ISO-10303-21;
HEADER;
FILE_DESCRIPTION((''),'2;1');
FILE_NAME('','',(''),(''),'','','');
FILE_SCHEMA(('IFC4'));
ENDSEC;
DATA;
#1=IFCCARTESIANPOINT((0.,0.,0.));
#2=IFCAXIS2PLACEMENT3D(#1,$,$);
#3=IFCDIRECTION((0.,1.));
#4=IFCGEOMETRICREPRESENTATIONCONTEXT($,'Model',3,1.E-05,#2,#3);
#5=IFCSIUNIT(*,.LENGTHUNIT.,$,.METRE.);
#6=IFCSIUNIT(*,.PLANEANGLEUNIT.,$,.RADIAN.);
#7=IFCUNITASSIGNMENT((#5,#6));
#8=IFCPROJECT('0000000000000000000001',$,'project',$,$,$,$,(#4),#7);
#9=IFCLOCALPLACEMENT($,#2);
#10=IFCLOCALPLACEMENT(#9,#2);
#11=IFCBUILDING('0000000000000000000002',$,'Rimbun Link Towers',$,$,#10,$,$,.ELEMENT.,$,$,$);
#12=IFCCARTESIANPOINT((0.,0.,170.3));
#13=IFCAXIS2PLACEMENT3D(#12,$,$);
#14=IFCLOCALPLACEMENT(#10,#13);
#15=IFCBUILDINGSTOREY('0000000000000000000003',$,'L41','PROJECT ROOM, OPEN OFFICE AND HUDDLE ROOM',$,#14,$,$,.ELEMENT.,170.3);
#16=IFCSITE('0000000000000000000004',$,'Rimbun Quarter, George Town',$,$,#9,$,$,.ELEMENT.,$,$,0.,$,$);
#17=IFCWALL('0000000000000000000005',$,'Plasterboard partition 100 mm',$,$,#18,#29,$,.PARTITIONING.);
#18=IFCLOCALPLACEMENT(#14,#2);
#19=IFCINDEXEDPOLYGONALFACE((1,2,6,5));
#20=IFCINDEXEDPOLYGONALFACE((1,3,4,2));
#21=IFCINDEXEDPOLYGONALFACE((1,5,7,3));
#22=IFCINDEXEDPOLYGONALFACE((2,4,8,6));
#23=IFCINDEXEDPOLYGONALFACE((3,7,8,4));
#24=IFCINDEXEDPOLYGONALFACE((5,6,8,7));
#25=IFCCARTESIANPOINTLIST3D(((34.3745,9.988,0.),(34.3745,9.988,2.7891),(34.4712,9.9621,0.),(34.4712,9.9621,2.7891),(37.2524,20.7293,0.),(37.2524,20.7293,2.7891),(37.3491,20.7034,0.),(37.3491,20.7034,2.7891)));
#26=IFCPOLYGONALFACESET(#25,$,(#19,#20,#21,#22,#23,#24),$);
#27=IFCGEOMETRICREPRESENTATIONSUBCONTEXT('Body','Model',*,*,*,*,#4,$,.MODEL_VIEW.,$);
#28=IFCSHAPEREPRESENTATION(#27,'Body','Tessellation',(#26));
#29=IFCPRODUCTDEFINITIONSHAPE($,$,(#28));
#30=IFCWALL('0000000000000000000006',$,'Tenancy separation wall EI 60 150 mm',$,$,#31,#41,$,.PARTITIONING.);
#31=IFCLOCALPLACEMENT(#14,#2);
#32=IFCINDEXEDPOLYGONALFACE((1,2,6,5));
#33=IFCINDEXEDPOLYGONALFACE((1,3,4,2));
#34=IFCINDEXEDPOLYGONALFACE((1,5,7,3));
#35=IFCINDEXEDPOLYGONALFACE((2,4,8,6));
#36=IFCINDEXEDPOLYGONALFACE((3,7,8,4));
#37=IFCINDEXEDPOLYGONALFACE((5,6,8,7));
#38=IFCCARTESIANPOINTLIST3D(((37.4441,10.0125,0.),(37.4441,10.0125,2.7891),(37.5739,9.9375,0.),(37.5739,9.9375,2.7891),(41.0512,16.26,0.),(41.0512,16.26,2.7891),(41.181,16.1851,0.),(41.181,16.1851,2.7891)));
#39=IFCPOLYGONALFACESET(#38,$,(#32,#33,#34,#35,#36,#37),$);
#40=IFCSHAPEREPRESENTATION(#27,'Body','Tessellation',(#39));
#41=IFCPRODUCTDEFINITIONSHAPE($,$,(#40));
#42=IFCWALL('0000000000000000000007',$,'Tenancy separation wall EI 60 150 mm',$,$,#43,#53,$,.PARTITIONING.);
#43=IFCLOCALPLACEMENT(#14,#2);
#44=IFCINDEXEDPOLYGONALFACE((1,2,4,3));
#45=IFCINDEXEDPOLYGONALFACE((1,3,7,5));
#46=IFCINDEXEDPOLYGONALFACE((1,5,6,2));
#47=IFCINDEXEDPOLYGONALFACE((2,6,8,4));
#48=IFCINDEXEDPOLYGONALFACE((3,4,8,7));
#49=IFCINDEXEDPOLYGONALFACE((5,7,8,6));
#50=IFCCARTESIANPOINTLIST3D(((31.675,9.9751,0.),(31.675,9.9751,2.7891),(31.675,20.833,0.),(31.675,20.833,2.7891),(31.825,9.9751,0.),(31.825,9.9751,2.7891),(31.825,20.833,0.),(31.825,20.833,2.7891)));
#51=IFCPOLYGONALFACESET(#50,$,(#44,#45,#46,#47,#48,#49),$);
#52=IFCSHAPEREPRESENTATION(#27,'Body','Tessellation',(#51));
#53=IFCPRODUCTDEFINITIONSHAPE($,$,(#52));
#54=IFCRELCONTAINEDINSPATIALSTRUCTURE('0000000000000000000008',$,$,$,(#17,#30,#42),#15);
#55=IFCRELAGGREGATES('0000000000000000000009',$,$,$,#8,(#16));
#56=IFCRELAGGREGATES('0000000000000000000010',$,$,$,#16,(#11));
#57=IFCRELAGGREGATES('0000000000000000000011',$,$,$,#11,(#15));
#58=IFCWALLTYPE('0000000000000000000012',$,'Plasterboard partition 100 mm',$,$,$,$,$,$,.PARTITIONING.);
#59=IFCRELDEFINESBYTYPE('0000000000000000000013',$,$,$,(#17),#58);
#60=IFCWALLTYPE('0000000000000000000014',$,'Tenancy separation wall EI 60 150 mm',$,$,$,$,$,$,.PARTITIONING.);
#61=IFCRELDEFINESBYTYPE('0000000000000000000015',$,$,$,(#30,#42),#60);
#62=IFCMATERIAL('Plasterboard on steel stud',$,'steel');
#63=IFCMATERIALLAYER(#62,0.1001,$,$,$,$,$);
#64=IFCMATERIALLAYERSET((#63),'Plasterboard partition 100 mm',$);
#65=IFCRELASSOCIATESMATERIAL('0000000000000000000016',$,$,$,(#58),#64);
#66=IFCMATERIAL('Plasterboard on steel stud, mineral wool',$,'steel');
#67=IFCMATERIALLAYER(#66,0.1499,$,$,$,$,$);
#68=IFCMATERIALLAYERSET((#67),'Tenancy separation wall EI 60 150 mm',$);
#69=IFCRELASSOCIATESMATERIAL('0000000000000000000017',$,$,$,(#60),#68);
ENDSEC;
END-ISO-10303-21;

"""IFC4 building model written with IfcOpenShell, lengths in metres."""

from ifc_helpers import new_model, si_unit, direction, frame, frame_2d, origin, place, context, subcontext, project, spatial, rectangle, extrude, material, layer, layer_set, type_object, element, save


model = new_model("IFC4")

# Units and contexts
model_context = context("Model", 3, precision=1e-05, world=origin(), true_north=direction((0.0, 1.0)))
body_context = subcontext(model_context, "Body", "Model", "MODEL_VIEW")
ifc_project = project(units=[si_unit("LENGTHUNIT", "METRE"), si_unit("PLANEANGLEUNIT", "RADIAN")], contexts=[model_context])

# Site, building, storey
site_placement = place(None, origin())
site = spatial("IfcSite", under=ifc_project, at=site_placement, Name="Rimbun Quarter, George Town", CompositionType="ELEMENT", RefElevation=0.0)
building_placement = place(site_placement, origin())
building = spatial("IfcBuilding", under=site, at=building_placement, Name="Rimbun Link Towers", CompositionType="ELEMENT")
storey_placement = place(building_placement, frame((0.0, 0.0, 170.3)))
storey = spatial("IfcBuildingStorey", under=building, at=storey_placement, Name="L41", Description="PROJECT ROOM, OPEN OFFICE AND HUDDLE ROOM", CompositionType="ELEMENT", Elevation=170.3)

# Walls
ifc_material_1 = material(Name="Plasterboard on steel stud", Category="steel")
ifc_layer_1 = layer(ifc_material_1, 0.1001)
ifc_layer_set_1 = layer_set([ifc_layer_1], Name="Plasterboard partition 100 mm")
wall_type_1 = type_object("IfcWallType", Name="Plasterboard partition 100 mm", PredefinedType="PARTITIONING", material=ifc_layer_set_1)
wall_1_placement = place(storey_placement, frame((37.3008, 20.7163, 0.0), z_axis=(0.0, 0.0, 1.0), x_axis=(-0.258805, -0.96593, 0.0)))
element("IfcWall", 1, at=wall_1_placement, inside=storey, type_object=wall_type_1, Name="Plasterboard partition 100 mm", PredefinedType="PARTITIONING", context=body_context, shape_type="SweptSolid", body=[
    extrude(rectangle(XDim=11.1201, YDim=0.1001, at=frame_2d((5.5601, 0.0))), origin(), (0.0, 0.0, 1.0), 2.7891),
])
ifc_material_2 = material(Name="Plasterboard on steel stud, mineral wool", Category="steel")
ifc_layer_2 = layer(ifc_material_2, 0.1499)
ifc_layer_set_2 = layer_set([ifc_layer_2], Name="Tenancy separation wall EI 60 150 mm")
wall_type_2 = type_object("IfcWallType", Name="Tenancy separation wall EI 60 150 mm", PredefinedType="PARTITIONING", material=ifc_layer_set_2)
wall_2_placement = place(storey_placement, frame((37.509, 9.9751, 0.0), z_axis=(0.0, 0.0, 1.0), x_axis=(0.500015, 0.866017, 0.0)))
element("IfcWall", 2, at=wall_2_placement, inside=storey, type_object=wall_type_2, Name="Tenancy separation wall EI 60 150 mm", PredefinedType="PARTITIONING", context=body_context, shape_type="SweptSolid", body=[
    extrude(rectangle(XDim=7.2141, YDim=0.1499, at=frame_2d((3.6069, 0.0))), origin(), (0.0, 0.0, 1.0), 2.7891),
])
wall_3_placement = place(storey_placement, frame((31.75, 9.9751, 0.0), z_axis=(0.0, 0.0, 1.0), x_axis=(0.0, 1.0, 0.0)))
element("IfcWall", 3, at=wall_3_placement, inside=storey, type_object=wall_type_2, Name="Tenancy separation wall EI 60 150 mm", PredefinedType="PARTITIONING", context=body_context, shape_type="SweptSolid", body=[
    extrude(rectangle(XDim=10.8579, YDim=0.1499, at=frame_2d((5.429, 0.0))), origin(), (0.0, 0.0, 1.0), 2.7891),
])

save(model, "model.ifc")
